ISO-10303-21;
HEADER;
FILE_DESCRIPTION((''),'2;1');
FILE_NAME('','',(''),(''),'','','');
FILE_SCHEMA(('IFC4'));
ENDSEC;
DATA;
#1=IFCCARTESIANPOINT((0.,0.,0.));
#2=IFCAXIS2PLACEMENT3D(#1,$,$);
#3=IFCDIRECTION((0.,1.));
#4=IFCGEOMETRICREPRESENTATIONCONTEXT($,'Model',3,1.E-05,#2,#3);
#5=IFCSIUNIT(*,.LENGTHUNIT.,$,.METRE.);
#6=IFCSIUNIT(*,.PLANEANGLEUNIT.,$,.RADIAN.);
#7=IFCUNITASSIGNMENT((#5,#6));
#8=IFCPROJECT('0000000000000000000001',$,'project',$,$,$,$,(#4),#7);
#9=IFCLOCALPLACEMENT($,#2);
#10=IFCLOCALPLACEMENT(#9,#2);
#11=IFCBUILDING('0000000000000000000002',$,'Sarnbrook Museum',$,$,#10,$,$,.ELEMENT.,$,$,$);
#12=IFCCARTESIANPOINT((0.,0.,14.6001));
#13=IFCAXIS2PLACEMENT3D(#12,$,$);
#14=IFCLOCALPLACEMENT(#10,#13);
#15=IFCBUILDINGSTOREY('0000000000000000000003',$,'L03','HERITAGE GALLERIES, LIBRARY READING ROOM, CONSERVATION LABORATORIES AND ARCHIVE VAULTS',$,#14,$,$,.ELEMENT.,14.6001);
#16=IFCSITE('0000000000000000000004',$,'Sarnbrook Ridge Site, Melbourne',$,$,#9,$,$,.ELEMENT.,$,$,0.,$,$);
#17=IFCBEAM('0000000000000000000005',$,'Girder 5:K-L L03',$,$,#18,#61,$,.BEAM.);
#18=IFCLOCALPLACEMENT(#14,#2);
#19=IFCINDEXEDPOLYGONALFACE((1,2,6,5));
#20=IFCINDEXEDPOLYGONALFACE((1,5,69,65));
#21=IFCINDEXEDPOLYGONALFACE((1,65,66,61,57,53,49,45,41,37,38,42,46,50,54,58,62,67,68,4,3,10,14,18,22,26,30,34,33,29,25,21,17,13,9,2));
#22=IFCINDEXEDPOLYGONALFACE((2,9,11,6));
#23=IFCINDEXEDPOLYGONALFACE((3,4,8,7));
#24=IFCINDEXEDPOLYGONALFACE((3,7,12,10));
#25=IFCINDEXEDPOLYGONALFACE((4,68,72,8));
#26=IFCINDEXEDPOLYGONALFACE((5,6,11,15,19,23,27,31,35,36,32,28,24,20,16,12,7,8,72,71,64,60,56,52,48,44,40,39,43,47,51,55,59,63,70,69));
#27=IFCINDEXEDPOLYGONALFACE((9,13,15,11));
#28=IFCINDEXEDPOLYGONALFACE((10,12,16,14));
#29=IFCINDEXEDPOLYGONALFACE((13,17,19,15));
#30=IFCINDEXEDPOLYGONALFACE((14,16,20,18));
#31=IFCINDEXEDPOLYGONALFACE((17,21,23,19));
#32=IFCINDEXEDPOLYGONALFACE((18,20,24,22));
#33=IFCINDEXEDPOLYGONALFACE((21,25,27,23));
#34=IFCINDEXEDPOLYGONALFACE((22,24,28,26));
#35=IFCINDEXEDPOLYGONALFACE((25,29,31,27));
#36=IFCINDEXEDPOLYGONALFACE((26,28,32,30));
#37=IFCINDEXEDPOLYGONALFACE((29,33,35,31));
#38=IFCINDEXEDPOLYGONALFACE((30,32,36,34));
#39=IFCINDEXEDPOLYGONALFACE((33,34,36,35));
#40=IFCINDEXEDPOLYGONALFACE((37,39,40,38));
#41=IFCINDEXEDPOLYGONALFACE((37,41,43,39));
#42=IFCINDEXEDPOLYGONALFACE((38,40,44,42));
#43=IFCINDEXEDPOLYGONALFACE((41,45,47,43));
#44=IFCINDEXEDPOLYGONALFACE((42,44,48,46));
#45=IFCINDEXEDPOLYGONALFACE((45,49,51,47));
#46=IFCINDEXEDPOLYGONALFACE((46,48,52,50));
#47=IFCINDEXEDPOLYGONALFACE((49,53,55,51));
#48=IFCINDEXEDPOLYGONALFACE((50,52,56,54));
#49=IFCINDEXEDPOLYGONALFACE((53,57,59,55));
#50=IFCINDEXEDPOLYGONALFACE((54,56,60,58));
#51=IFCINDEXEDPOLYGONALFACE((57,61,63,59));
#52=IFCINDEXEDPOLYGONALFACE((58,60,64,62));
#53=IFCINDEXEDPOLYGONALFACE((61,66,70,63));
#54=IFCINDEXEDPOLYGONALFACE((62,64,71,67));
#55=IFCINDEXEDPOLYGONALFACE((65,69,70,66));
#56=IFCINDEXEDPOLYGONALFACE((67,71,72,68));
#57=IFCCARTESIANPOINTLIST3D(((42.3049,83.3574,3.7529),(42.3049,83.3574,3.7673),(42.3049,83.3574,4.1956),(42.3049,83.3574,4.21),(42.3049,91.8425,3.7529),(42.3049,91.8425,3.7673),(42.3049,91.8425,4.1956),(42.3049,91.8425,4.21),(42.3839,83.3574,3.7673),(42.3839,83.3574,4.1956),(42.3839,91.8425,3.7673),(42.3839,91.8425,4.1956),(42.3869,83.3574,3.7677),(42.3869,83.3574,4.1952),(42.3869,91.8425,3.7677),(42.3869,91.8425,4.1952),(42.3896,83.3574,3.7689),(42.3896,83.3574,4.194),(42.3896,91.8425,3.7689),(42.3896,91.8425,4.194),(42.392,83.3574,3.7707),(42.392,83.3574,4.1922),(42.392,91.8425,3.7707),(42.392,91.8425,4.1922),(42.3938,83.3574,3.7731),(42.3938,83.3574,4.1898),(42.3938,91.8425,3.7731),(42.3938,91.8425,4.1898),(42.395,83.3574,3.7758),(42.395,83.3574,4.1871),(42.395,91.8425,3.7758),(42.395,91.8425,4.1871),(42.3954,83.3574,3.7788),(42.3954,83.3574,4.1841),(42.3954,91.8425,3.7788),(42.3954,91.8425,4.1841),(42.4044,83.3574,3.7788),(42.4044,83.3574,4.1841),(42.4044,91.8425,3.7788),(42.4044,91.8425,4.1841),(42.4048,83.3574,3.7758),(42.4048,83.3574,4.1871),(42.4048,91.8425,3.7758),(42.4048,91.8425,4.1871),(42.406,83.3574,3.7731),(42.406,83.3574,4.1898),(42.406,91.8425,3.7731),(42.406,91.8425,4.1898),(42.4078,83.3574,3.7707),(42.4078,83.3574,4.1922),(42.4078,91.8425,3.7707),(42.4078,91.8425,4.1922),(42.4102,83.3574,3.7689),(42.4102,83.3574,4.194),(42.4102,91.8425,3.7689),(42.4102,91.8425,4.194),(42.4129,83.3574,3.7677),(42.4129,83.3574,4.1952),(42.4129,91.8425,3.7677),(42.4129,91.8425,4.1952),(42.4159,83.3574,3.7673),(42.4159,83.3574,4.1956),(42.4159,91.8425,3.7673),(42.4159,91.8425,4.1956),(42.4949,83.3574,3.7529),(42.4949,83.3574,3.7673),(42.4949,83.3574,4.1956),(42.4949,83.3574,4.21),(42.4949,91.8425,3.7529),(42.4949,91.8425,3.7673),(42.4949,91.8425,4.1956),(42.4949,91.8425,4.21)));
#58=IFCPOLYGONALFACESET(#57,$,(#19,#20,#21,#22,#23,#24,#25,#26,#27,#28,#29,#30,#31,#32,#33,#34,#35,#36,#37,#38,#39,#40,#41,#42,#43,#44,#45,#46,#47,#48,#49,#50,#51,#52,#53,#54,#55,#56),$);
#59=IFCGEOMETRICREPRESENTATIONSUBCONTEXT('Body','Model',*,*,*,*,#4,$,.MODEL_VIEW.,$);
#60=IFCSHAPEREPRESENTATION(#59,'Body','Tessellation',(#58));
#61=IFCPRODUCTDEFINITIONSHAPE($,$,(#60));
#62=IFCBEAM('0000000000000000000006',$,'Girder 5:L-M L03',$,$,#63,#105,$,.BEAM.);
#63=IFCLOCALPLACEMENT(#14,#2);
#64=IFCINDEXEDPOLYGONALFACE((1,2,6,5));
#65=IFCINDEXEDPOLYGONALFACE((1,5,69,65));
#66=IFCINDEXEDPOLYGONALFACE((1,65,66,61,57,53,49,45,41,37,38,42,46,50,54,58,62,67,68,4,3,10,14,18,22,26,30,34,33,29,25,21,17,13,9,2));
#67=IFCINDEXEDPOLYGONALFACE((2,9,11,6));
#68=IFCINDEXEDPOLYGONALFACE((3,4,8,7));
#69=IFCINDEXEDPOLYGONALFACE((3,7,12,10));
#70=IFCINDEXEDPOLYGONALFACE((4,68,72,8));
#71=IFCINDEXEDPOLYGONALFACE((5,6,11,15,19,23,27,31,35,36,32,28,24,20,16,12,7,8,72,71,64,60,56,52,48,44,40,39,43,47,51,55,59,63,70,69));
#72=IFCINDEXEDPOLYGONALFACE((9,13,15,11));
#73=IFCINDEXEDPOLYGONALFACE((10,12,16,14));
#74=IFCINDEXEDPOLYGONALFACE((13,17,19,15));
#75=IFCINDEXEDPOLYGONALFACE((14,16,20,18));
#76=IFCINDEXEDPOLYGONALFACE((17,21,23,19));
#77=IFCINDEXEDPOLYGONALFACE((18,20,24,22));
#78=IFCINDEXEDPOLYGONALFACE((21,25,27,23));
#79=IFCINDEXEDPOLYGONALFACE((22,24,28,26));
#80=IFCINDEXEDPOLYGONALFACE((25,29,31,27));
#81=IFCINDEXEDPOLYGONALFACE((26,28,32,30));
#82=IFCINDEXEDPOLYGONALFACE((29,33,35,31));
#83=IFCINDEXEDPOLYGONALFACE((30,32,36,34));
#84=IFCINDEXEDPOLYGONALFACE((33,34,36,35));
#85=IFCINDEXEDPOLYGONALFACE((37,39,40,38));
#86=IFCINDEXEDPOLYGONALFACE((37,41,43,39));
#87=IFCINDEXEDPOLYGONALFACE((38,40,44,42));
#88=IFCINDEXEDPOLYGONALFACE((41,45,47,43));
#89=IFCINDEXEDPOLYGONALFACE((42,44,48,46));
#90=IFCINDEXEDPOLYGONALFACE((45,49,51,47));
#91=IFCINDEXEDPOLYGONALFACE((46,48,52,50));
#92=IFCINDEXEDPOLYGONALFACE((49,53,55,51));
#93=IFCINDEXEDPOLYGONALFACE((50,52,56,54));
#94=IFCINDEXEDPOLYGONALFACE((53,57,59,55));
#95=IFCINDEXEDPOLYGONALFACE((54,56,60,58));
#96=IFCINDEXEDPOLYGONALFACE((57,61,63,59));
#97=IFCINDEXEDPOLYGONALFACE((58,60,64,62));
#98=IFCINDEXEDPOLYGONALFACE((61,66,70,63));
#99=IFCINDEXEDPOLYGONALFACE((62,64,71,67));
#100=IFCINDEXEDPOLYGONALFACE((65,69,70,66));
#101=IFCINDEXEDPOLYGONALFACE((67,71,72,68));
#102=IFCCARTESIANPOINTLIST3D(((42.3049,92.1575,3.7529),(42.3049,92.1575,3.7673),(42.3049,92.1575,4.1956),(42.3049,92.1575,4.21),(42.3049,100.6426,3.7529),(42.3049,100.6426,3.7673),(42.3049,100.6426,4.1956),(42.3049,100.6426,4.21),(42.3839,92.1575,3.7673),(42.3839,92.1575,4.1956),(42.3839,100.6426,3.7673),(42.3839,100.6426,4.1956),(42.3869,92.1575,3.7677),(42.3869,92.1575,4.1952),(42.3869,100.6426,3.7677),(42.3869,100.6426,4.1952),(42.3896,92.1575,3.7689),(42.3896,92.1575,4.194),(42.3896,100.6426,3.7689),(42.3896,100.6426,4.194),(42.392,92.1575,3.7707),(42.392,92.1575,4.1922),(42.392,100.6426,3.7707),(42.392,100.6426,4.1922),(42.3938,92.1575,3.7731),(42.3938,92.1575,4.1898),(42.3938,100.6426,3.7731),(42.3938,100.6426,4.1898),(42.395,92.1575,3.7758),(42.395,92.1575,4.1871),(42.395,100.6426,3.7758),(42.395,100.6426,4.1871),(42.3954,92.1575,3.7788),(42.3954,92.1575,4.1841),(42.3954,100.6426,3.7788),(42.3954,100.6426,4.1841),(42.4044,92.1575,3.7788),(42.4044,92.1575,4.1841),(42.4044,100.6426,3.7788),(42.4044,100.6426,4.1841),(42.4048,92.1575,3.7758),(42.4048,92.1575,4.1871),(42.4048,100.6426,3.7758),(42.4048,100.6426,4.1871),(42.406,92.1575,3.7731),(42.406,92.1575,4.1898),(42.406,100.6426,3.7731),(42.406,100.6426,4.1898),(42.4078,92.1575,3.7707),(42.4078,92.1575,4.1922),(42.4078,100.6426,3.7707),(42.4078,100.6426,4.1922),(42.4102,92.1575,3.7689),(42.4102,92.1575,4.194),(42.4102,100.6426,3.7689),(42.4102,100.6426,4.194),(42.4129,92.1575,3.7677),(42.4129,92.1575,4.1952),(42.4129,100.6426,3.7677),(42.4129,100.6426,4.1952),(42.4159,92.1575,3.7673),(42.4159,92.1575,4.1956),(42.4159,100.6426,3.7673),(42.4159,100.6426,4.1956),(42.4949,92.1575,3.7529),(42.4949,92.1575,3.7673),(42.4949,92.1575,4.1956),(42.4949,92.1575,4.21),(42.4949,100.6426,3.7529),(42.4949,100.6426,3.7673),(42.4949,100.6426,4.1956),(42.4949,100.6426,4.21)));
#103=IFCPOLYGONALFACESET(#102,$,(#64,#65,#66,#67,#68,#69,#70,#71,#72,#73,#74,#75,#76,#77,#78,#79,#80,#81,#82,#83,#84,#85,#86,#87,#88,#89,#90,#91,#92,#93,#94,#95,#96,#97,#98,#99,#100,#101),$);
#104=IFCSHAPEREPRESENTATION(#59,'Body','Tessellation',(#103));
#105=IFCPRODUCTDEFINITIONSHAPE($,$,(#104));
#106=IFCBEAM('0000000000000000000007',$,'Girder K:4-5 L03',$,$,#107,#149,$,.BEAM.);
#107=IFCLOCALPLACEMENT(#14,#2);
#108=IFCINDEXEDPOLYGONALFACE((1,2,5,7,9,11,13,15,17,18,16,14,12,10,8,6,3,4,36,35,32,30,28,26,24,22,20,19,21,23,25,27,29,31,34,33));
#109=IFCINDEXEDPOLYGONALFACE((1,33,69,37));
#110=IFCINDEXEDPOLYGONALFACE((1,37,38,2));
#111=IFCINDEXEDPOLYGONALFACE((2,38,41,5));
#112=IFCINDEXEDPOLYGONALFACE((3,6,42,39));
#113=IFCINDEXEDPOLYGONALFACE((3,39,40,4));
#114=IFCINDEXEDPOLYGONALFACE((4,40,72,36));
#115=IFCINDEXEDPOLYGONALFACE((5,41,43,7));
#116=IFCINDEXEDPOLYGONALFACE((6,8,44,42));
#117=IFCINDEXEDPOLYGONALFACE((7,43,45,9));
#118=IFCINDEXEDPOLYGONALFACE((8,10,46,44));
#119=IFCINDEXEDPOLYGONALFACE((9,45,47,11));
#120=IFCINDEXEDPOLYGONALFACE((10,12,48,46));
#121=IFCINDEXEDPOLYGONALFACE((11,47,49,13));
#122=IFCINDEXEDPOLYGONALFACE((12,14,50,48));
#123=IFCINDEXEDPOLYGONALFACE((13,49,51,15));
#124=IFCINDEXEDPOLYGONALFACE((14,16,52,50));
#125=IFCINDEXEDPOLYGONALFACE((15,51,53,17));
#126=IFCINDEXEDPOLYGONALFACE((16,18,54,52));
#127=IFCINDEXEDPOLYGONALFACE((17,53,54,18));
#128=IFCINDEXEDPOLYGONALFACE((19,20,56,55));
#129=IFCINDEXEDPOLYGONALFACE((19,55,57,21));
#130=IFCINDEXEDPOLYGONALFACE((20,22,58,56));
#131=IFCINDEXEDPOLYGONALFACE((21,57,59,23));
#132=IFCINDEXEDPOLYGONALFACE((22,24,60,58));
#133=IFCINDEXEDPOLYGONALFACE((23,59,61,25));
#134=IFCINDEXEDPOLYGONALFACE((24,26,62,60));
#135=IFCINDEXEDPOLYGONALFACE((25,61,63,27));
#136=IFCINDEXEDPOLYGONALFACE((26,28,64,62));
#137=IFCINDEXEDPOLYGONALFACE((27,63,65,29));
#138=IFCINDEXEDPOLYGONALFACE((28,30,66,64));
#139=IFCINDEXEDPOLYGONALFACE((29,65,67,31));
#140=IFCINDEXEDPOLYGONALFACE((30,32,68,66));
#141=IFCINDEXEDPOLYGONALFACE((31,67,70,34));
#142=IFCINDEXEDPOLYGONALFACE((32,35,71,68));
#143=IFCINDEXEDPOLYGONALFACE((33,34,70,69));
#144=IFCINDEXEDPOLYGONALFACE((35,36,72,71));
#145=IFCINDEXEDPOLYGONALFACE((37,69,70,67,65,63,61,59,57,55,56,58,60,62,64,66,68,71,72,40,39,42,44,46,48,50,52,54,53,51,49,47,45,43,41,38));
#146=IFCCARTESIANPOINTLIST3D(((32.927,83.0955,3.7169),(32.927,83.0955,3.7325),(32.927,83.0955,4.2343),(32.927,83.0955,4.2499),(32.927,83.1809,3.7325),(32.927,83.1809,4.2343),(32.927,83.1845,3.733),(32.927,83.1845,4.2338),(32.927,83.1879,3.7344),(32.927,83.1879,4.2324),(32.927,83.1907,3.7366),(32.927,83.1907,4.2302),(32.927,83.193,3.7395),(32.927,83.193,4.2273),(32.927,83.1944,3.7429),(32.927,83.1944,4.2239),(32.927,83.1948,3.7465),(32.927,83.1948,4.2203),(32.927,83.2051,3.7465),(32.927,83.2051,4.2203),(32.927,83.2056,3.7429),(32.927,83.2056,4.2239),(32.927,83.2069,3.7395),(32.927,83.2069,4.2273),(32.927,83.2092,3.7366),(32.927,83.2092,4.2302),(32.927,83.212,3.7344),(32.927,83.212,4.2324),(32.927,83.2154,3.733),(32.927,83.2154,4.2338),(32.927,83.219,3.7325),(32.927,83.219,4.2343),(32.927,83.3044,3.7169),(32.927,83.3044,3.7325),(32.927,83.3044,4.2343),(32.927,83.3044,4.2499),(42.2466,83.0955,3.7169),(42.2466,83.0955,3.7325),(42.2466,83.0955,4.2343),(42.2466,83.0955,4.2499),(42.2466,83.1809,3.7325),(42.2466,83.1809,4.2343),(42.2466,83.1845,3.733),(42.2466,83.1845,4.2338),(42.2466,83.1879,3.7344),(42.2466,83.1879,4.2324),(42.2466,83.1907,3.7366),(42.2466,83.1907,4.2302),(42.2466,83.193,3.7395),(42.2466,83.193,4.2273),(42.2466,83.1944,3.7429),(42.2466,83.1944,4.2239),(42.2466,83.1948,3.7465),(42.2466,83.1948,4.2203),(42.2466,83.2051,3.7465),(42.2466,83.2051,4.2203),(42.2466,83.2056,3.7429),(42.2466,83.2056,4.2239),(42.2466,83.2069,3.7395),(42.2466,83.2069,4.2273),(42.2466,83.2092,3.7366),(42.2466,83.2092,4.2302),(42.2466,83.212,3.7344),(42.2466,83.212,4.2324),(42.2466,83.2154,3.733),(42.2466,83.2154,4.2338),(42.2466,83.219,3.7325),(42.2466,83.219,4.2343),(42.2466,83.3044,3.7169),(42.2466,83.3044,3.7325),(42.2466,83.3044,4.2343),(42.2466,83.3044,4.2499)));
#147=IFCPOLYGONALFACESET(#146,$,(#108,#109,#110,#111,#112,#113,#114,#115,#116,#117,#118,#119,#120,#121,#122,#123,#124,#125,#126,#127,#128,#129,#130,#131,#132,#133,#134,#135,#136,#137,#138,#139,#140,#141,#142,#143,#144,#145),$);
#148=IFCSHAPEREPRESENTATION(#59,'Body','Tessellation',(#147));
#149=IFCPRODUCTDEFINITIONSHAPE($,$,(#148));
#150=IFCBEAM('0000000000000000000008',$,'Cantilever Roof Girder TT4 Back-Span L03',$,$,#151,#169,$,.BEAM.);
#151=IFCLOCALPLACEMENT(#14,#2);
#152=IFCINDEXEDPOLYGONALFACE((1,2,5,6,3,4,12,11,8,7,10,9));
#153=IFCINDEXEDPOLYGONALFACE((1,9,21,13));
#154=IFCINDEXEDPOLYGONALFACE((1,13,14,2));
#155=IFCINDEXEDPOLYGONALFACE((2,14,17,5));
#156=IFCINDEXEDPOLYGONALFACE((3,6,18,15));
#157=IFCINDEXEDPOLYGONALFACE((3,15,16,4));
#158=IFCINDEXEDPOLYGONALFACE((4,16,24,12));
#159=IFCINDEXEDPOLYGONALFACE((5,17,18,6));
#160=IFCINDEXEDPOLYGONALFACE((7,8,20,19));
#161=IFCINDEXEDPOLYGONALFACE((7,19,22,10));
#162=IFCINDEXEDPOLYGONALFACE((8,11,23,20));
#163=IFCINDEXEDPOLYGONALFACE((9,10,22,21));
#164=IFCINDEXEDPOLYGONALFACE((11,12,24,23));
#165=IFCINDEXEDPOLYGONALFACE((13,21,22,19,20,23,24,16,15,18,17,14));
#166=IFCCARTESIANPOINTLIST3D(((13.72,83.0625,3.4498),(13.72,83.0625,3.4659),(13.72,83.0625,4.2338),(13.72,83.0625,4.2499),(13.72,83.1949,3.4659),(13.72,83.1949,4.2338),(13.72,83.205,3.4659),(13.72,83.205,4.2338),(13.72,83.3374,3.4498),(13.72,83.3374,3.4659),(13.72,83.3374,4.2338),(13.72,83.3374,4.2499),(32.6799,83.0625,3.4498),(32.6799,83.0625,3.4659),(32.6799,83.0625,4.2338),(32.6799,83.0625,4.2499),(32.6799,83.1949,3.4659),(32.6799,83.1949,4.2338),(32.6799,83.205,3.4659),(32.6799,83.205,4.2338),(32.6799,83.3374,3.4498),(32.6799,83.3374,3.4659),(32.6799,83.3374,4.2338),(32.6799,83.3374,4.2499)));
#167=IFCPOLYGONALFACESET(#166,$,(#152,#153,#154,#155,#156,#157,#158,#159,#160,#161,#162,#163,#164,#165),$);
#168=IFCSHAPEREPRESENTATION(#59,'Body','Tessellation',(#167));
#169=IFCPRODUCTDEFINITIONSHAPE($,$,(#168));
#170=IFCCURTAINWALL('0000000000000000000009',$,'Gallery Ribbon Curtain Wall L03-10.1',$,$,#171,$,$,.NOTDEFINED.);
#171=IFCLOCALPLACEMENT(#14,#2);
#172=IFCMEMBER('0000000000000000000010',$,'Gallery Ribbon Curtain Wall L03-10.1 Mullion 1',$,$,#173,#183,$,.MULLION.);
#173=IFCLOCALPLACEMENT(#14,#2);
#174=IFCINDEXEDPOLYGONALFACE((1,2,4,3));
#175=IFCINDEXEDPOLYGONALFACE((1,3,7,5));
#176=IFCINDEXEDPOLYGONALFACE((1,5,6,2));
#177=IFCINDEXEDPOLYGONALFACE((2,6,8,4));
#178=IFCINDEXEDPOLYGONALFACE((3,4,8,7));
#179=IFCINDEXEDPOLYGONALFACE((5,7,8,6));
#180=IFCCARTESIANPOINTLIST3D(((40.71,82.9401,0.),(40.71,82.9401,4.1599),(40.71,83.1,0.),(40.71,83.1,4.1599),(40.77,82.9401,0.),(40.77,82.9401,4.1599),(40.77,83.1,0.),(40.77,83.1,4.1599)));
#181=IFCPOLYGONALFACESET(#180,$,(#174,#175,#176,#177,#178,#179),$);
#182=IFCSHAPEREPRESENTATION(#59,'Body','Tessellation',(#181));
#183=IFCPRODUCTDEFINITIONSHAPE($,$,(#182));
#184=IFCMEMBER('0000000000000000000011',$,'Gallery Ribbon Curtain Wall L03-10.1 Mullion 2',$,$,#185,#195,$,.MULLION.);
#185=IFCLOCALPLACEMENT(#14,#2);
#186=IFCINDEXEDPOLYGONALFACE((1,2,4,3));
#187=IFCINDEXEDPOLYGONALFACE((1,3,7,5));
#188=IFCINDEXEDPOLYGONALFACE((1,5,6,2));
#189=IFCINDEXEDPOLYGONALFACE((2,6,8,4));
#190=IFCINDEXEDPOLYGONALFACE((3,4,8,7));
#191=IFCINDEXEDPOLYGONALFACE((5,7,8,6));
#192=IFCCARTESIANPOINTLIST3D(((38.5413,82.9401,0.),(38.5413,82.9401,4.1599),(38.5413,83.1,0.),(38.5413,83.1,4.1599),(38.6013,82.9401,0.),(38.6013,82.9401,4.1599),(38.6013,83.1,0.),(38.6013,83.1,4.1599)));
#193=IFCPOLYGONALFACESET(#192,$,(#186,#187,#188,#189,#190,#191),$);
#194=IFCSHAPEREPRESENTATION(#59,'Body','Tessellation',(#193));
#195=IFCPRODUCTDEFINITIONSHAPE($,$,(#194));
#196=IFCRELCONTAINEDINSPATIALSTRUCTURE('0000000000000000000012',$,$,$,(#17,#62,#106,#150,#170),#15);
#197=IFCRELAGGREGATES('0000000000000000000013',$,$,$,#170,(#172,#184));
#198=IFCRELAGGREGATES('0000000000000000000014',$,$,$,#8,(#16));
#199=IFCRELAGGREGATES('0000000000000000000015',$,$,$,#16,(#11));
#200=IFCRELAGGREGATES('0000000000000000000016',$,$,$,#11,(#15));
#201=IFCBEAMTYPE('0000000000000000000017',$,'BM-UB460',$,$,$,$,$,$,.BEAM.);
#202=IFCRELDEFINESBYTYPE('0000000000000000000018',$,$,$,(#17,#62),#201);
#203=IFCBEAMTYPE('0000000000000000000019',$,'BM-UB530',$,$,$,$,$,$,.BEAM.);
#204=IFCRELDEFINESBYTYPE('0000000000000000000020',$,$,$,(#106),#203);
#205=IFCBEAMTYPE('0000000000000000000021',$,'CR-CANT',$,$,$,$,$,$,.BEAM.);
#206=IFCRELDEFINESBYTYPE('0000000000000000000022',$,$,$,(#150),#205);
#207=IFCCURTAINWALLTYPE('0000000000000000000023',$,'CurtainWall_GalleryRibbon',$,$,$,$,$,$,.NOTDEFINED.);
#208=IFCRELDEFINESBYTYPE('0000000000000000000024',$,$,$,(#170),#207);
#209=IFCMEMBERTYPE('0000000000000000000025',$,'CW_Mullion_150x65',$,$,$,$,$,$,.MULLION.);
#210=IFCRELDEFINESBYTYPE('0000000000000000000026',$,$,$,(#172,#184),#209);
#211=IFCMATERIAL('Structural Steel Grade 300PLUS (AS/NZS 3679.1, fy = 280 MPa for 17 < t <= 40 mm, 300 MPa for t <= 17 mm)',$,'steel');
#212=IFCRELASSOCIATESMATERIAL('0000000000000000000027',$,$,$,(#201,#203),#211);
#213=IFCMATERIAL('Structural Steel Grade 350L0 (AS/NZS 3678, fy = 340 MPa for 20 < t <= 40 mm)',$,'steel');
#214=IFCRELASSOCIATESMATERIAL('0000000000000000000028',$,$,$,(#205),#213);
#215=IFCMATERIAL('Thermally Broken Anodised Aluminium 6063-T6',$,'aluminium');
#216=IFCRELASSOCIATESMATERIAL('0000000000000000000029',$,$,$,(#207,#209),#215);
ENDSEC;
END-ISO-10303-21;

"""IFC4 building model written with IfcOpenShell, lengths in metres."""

from ifc_helpers import new_model, si_unit, direction, frame, origin, origin_2d, place, context, subcontext, project, spatial, rectangle, i_section, extrude, material, material_profile, profile_set, type_object, element, aggregate, save


model = new_model("IFC4")

# Units and contexts
model_context = context("Model", 3, precision=1e-05, world=origin(), true_north=direction((0.0, 1.0)))
body_context = subcontext(model_context, "Body", "Model", "MODEL_VIEW")
ifc_project = project(units=[si_unit("LENGTHUNIT", "METRE"), si_unit("PLANEANGLEUNIT", "RADIAN")], contexts=[model_context])

# Site, building, storey
site_placement = place(None, origin())
site = spatial("IfcSite", under=ifc_project, at=site_placement, Name="Sarnbrook Ridge Site, Melbourne", CompositionType="ELEMENT", RefElevation=0.0)
building_placement = place(site_placement, origin())
building = spatial("IfcBuilding", under=site, at=building_placement, Name="Sarnbrook Museum", CompositionType="ELEMENT")
storey_placement = place(building_placement, frame((0.0, 0.0, 14.6001)))
storey = spatial("IfcBuildingStorey", under=building, at=storey_placement, Name="L03", Description="HERITAGE GALLERIES, LIBRARY READING ROOM, CONSERVATION LABORATORIES AND ARCHIVE VAULTS", CompositionType="ELEMENT", Elevation=14.6001)

# Shared definitions
ifc_material_1 = material(Name="Structural Steel Grade 300PLUS (AS/NZS 3679.1, fy = 280 MPa for 17 < t <= 40 mm, 300 MPa for t <= 17 mm)", Category="steel")

# Beams
ifc_material_profile_1 = material_profile(ifc_material_1, i_section(OverallWidth=0.1899, OverallDepth=0.457, WebThickness=0.009, FlangeThickness=0.0144, FilletRadius=0.0115, at=origin_2d()), Name="460UB74.6")
ifc_profile_set_1 = profile_set([ifc_material_profile_1], Name="Structural Steel Grade 300PLUS (AS/NZS 3679.1, fy = 280 MPa for 17 < t <= 40 mm, 300 MPa for t <= 17 mm)")
beam_type_1 = type_object("IfcBeamType", Name="BM-UB460", PredefinedType="BEAM", material=ifc_profile_set_1)
for number, where, z_axis, x_axis, name in (
    (1, (42.3999, 83.3574, 3.9814), (0.0, 1.0, 0.0), (-1.0, 0.0, 0.0), "Girder 5:K-L L03"),
    (2, (42.3999, 92.1575, 3.9814), (0.0, 1.0, 0.0), (-1.0, 0.0, 0.0), "Girder 5:L-M L03"),
):
    element("IfcBeam", number, at=place(storey_placement, frame(where, z_axis=z_axis, x_axis=x_axis)), inside=storey, type_object=beam_type_1, Name=name, PredefinedType="BEAM", context=body_context, shape_type="SweptSolid", body=[
        extrude(i_section(OverallWidth=0.1899, OverallDepth=0.457, WebThickness=0.009, FlangeThickness=0.0144, FilletRadius=0.0115, at=origin_2d()), origin(), (0.0, 0.0, 1.0), 8.4851),
    ])
ifc_material_profile_2 = material_profile(ifc_material_1, i_section(OverallWidth=0.209, OverallDepth=0.533, WebThickness=0.0103, FlangeThickness=0.0156, FilletRadius=0.0139, at=origin_2d()), Name="530UB92.4")
ifc_profile_set_2 = profile_set([ifc_material_profile_2], Name="Structural Steel Grade 300PLUS (AS/NZS 3679.1, fy = 280 MPa for 17 < t <= 40 mm, 300 MPa for t <= 17 mm)")
beam_type_2 = type_object("IfcBeamType", Name="BM-UB530", PredefinedType="BEAM", material=ifc_profile_set_2)
beam_1_placement = place(storey_placement, frame((32.927, 83.2, 3.9834), z_axis=(1.0, 0.0, 0.0), x_axis=(0.0, 1.0, 0.0)))
element("IfcBeam", 3, at=beam_1_placement, inside=storey, type_object=beam_type_2, Name="Girder K:4-5 L03", PredefinedType="BEAM", context=body_context, shape_type="SweptSolid", body=[
    extrude(i_section(OverallWidth=0.209, OverallDepth=0.533, WebThickness=0.0103, FlangeThickness=0.0156, FilletRadius=0.0139, at=origin_2d()), origin(), (0.0, 0.0, 1.0), 9.3196),
])
ifc_material_2 = material(Name="Structural Steel Grade 350L0 (AS/NZS 3678, fy = 340 MPa for 20 < t <= 40 mm)", Category="steel")
ifc_material_profile_3 = material_profile(ifc_material_2, i_section(OverallWidth=0.2749, OverallDepth=0.8, WebThickness=0.01, FlangeThickness=0.0161, at=origin_2d()), Name="800WB146")
ifc_profile_set_3 = profile_set([ifc_material_profile_3], Name="Structural Steel Grade 350L0 (AS/NZS 3678, fy = 340 MPa for 20 < t <= 40 mm)")
beam_type_3 = type_object("IfcBeamType", Name="CR-CANT", PredefinedType="BEAM", material=ifc_profile_set_3)
beam_2_placement = place(storey_placement, frame((32.6799, 83.2, 3.8499), z_axis=(-1.0, 0.0, 0.0), x_axis=(0.0, -1.0, 0.0)))
element("IfcBeam", 4, at=beam_2_placement, inside=storey, type_object=beam_type_3, Name="Cantilever Roof Girder TT4 Back-Span L03", PredefinedType="BEAM", context=body_context, shape_type="SweptSolid", body=[
    extrude(i_section(OverallWidth=0.2749, OverallDepth=0.8, WebThickness=0.01, FlangeThickness=0.0161, at=origin_2d()), origin(), (0.0, 0.0, 1.0), 18.96),
])

# Curtain wall, members
ifc_material_3 = material(Name="Thermally Broken Anodised Aluminium 6063-T6", Category="aluminium")
curtain_wall_type = type_object("IfcCurtainWallType", Name="CurtainWall_GalleryRibbon", PredefinedType="NOTDEFINED", material=ifc_material_3)
curtain_wall_placement = place(storey_placement, origin())
curtain_wall = element("IfcCurtainWall", 5, at=curtain_wall_placement, inside=storey, type_object=curtain_wall_type, Name="Gallery Ribbon Curtain Wall L03-10.1", PredefinedType="NOTDEFINED")
ifc_material_profile_4 = material_profile(ifc_material_3, rectangle(XDim=0.0601, YDim=0.1599, at=origin_2d()), Name="ALU MULLION 60x160")
ifc_profile_set_4 = profile_set([ifc_material_profile_4], Name="Thermally Broken Anodised Aluminium 6063-T6")
member_type_1 = type_object("IfcMemberType", Name="CW_Mullion_150x65", PredefinedType="MULLION", material=ifc_profile_set_4)
member_1_placement = place(storey_placement, frame((40.74, 83.02, 0.0), z_axis=(0.0, 0.0, 1.0), x_axis=(1.0, 0.0, 0.0)))
member_1 = element("IfcMember", 6, at=member_1_placement, type_object=member_type_1, Name="Gallery Ribbon Curtain Wall L03-10.1 Mullion 1", PredefinedType="MULLION", context=body_context, shape_type="SweptSolid", body=[
    extrude(rectangle(XDim=0.0601, YDim=0.1599, at=origin_2d()), origin(), (0.0, 0.0, 1.0), 4.1599),
])
member_2_placement = place(storey_placement, frame((38.5713, 83.02, 0.0), z_axis=(0.0, 0.0, 1.0), x_axis=(1.0, 0.0, 0.0)))
member_2 = element("IfcMember", 7, at=member_2_placement, type_object=member_type_1, Name="Gallery Ribbon Curtain Wall L03-10.1 Mullion 2", PredefinedType="MULLION", context=body_context, shape_type="SweptSolid", body=[
    extrude(rectangle(XDim=0.0601, YDim=0.1599, at=origin_2d()), origin(), (0.0, 0.0, 1.0), 4.1599),
])
aggregate(curtain_wall, [member_1, member_2])

save(model, "model.ifc")
